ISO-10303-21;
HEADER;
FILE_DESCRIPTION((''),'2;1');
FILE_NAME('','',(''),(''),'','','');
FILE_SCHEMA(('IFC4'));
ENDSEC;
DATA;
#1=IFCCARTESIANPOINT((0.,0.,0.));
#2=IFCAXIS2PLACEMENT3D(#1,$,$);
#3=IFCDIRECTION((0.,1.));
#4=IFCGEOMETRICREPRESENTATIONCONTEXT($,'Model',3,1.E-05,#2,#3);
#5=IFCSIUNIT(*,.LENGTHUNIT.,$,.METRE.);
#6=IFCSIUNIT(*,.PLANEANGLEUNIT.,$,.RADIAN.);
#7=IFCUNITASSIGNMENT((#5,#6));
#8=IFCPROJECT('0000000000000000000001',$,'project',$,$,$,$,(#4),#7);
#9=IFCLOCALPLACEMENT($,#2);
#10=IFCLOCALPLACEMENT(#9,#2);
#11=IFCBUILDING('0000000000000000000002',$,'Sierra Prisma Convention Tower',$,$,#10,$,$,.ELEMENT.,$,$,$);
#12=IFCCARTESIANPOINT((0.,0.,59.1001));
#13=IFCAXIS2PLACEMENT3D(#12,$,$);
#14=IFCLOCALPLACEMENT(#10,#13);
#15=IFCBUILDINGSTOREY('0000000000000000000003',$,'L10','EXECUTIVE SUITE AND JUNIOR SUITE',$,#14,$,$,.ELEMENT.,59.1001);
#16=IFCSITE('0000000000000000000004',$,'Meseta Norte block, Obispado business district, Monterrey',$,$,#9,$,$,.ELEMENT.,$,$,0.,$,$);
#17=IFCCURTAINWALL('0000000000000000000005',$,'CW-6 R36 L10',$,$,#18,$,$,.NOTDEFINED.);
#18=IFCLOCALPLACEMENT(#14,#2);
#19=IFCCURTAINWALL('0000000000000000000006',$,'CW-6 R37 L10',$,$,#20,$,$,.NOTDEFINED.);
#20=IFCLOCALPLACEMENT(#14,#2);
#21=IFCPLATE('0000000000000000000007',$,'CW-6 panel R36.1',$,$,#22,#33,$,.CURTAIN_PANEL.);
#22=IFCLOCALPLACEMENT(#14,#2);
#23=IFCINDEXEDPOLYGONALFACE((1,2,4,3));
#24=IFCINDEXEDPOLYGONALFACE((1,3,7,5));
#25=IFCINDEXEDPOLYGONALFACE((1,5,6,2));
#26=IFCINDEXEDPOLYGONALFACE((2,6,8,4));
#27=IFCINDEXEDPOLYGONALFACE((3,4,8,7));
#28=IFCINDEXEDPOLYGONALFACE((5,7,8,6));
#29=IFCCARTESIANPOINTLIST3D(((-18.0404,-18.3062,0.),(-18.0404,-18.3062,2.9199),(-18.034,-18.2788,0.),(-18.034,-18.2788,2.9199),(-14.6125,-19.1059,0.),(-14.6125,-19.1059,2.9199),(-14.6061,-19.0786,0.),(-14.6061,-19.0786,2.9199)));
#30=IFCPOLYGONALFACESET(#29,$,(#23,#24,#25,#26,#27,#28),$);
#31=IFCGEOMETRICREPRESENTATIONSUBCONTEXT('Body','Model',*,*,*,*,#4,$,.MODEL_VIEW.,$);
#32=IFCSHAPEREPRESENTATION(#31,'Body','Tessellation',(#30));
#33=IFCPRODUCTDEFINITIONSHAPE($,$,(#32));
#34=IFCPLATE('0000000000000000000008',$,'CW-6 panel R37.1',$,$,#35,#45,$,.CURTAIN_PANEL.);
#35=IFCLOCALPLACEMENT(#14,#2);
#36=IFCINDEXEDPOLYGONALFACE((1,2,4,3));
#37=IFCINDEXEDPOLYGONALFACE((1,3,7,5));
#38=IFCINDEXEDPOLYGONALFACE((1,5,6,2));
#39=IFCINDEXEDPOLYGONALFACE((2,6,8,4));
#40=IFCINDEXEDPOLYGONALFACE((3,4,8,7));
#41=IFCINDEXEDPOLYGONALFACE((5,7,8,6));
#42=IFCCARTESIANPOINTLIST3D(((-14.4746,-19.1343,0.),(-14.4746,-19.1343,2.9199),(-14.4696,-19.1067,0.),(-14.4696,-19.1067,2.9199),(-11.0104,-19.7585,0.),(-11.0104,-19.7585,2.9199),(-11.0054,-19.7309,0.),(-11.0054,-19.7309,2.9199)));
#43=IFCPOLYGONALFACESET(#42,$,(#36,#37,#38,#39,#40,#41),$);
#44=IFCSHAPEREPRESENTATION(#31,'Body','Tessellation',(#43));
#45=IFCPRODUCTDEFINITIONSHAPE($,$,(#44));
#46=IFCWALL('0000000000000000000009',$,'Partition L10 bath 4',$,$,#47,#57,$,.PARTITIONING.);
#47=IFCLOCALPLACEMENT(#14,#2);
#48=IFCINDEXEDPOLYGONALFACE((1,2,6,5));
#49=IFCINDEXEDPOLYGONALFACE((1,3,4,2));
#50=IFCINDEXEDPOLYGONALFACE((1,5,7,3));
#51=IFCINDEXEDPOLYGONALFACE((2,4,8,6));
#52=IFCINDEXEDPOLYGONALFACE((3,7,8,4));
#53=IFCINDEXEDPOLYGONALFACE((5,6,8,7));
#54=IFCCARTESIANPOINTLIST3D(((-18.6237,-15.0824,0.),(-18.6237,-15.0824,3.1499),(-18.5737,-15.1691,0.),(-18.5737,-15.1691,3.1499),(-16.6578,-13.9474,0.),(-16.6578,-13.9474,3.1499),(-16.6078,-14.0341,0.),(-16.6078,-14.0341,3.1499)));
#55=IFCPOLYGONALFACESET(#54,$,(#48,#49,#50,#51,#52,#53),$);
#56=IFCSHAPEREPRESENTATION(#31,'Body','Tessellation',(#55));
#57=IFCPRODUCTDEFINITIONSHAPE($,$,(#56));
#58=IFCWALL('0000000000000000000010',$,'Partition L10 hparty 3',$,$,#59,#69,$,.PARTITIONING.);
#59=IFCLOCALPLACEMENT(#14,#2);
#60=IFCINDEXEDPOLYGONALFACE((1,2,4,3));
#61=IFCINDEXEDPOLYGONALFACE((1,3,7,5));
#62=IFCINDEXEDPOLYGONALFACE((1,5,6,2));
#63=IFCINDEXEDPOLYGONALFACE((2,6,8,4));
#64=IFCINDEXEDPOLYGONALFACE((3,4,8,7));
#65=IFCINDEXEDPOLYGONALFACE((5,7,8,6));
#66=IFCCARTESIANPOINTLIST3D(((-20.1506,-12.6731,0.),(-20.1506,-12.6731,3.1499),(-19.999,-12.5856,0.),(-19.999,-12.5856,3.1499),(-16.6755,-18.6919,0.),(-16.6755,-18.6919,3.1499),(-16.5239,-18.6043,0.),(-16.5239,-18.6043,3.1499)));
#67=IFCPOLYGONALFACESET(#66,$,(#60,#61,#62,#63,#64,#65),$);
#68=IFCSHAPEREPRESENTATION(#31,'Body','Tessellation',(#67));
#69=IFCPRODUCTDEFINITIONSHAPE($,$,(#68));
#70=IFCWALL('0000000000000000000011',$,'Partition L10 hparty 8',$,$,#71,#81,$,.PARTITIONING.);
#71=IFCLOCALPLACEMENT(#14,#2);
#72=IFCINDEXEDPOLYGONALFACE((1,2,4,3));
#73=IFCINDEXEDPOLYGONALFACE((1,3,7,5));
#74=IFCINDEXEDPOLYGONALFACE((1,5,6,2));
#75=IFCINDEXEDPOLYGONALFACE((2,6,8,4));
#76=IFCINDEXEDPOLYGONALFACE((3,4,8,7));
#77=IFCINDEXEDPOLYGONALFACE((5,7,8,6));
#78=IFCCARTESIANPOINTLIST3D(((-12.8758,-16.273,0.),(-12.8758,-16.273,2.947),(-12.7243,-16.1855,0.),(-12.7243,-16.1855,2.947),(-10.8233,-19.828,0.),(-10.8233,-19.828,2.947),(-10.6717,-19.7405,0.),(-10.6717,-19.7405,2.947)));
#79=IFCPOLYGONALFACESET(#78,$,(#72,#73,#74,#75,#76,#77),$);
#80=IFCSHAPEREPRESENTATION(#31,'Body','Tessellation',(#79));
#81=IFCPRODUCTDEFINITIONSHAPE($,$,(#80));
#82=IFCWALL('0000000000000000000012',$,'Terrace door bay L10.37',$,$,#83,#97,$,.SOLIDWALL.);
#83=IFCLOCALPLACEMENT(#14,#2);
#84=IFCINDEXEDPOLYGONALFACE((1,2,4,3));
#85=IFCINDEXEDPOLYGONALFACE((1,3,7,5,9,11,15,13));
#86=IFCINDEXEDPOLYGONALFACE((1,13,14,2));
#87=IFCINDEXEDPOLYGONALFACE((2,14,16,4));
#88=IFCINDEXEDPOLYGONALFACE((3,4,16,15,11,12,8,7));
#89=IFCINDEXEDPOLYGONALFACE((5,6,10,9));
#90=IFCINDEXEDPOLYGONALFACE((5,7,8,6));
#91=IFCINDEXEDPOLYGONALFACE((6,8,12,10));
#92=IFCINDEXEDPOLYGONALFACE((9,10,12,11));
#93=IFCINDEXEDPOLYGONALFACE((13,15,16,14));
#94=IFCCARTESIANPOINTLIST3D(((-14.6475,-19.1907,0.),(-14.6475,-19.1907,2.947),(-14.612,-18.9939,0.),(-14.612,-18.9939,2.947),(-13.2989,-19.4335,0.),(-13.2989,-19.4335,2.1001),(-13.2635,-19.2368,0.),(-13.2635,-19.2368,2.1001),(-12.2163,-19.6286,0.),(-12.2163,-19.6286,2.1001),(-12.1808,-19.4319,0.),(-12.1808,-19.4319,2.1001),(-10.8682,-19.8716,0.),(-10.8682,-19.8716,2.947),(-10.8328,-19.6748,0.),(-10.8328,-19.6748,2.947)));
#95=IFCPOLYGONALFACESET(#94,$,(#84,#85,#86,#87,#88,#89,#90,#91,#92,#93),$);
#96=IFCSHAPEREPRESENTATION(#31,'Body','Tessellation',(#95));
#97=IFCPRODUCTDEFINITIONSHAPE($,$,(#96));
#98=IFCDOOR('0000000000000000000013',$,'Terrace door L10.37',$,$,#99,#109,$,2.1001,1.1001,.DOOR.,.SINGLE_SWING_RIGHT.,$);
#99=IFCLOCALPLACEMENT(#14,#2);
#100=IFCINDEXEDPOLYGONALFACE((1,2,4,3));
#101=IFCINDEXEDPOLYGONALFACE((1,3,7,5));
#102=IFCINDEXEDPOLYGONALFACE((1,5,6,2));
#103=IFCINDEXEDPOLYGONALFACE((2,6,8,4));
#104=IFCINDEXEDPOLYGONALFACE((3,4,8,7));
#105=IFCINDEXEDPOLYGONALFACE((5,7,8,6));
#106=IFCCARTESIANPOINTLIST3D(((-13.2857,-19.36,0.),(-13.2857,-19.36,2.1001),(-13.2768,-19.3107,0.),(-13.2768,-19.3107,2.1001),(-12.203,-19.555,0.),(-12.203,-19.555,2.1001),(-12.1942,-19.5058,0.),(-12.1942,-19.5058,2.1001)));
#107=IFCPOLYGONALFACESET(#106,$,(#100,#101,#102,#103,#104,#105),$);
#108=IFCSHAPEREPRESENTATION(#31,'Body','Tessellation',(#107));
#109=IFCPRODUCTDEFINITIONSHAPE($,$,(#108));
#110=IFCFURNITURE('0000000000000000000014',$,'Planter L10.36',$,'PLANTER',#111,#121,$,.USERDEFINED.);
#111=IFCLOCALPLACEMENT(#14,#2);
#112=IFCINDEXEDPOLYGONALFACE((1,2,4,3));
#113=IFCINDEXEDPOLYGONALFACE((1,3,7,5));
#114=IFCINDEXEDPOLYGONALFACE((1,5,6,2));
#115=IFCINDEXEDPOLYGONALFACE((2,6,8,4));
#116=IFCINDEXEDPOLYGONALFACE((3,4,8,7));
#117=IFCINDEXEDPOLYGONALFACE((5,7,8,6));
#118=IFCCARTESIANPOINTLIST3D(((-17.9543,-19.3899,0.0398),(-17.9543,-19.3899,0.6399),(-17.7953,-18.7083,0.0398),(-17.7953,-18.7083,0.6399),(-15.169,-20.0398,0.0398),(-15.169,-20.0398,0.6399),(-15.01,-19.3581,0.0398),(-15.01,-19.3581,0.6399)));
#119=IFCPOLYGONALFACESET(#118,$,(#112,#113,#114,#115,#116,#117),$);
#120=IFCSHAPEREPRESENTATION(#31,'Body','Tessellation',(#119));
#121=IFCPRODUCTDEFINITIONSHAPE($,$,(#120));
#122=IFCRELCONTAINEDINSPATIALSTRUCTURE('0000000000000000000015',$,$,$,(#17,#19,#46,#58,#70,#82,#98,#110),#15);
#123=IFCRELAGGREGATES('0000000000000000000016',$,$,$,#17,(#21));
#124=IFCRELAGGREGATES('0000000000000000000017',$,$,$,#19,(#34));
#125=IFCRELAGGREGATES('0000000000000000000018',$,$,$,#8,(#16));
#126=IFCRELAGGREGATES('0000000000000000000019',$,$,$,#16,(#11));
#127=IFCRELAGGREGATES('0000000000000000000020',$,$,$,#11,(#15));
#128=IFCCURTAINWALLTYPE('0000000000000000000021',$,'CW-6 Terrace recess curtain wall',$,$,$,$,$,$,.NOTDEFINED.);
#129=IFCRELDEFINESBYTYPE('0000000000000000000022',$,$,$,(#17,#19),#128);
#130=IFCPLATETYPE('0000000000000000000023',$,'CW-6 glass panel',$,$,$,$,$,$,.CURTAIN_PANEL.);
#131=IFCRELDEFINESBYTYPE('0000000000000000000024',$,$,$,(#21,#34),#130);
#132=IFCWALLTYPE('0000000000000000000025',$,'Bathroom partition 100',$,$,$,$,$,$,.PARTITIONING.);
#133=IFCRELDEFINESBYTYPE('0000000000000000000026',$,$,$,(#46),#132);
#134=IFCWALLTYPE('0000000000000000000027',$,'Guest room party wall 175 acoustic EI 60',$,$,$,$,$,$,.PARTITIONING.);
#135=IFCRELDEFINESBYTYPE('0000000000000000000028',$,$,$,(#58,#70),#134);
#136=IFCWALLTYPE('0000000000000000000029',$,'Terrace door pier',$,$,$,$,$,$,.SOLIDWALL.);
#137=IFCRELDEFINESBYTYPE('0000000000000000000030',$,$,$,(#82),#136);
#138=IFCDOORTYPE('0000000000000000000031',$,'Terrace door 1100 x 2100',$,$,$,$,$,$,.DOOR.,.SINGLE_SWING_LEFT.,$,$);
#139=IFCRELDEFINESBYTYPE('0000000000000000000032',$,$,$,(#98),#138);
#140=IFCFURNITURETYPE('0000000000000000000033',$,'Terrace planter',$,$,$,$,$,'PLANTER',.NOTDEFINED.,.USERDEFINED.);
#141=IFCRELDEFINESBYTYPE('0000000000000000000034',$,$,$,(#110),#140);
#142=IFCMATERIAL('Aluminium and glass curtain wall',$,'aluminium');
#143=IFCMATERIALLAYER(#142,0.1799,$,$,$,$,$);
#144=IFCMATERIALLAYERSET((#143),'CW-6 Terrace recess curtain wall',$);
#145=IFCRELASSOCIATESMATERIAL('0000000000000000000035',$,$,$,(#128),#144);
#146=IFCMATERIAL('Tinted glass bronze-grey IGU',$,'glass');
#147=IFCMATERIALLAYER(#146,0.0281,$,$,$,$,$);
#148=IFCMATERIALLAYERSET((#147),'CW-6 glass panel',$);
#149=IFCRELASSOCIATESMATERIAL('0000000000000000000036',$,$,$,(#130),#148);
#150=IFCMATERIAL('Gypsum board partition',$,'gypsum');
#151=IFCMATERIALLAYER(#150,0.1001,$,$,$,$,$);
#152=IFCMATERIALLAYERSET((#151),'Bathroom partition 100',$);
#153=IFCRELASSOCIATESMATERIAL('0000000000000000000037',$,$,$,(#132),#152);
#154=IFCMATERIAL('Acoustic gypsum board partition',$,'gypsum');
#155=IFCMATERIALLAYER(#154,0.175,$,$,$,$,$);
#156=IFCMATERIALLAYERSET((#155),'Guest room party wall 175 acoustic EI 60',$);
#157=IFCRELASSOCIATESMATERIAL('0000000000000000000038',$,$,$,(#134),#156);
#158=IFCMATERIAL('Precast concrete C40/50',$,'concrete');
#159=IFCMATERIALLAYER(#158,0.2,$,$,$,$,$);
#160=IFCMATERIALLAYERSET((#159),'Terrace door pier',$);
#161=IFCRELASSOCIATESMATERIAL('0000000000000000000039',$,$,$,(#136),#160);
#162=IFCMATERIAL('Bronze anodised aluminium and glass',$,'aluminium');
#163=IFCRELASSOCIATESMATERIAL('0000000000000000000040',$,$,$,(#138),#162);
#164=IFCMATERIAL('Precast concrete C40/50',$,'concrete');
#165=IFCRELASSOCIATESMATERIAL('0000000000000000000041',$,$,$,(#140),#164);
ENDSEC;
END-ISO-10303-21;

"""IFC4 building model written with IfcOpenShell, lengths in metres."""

from ifc_helpers import new_model, si_unit, direction, frame, frame_2d, origin, origin_2d, place, context, subcontext, project, spatial, rectangle, extrude, material, layer, layer_set, type_object, element, fill, aggregate, save


model = new_model("IFC4")

# Units and contexts
model_context = context("Model", 3, precision=1e-05, world=origin(), true_north=direction((0.0, 1.0)))
body_context = subcontext(model_context, "Body", "Model", "MODEL_VIEW")
ifc_project = project(units=[si_unit("LENGTHUNIT", "METRE"), si_unit("PLANEANGLEUNIT", "RADIAN")], contexts=[model_context])

# Site, building, storey
site_placement = place(None, origin())
site = spatial("IfcSite", under=ifc_project, at=site_placement, Name="Meseta Norte block, Obispado business district, Monterrey", CompositionType="ELEMENT", RefElevation=0.0)
building_placement = place(site_placement, origin())
building = spatial("IfcBuilding", under=site, at=building_placement, Name="Sierra Prisma Convention Tower", CompositionType="ELEMENT")
storey_placement = place(building_placement, frame((0.0, 0.0, 59.1001)))
storey = spatial("IfcBuildingStorey", under=building, at=storey_placement, Name="L10", Description="EXECUTIVE SUITE AND JUNIOR SUITE", CompositionType="ELEMENT", Elevation=59.1001)

# Curtain walls
ifc_material_1 = material(Name="Aluminium and glass curtain wall", Category="aluminium")
ifc_layer_1 = layer(ifc_material_1, 0.1799)
ifc_layer_set_1 = layer_set([ifc_layer_1], Name="CW-6 Terrace recess curtain wall")
curtain_wall_type = type_object("IfcCurtainWallType", Name="CW-6 Terrace recess curtain wall", PredefinedType="NOTDEFINED", material=ifc_layer_set_1)
curtain_wall_1_placement = place(storey_placement, origin())
curtain_wall_1 = element("IfcCurtainWall", 1, at=curtain_wall_1_placement, inside=storey, type_object=curtain_wall_type, Name="CW-6 R36 L10", PredefinedType="NOTDEFINED")
curtain_wall_2_placement = place(storey_placement, origin())
curtain_wall_2 = element("IfcCurtainWall", 2, at=curtain_wall_2_placement, inside=storey, type_object=curtain_wall_type, Name="CW-6 R37 L10", PredefinedType="NOTDEFINED")

# Shared definitions
ifc_material_2 = material(Name="Tinted glass bronze-grey IGU", Category="glass")
ifc_layer_2 = layer(ifc_material_2, 0.0281)
ifc_layer_set_2 = layer_set([ifc_layer_2], Name="CW-6 glass panel")
plate_type = type_object("IfcPlateType", Name="CW-6 glass panel", PredefinedType="CURTAIN_PANEL", material=ifc_layer_set_2)

# Plates
plate_1_placement = place(storey_placement, frame((-16.3232, -18.6924, 0.0), z_axis=(0.0, 0.0, 1.0), x_axis=(0.973847, -0.227205, 0.0)))
plate_1 = element("IfcPlate", 3, at=plate_1_placement, type_object=plate_type, Name="CW-6 panel R36.1", PredefinedType="CURTAIN_PANEL", context=body_context, shape_type="SweptSolid", body=[
    extrude(rectangle(XDim=3.52, YDim=0.0281, at=origin_2d()), origin(), (0.0, 0.0, 1.0), 2.9199),
])
aggregate(curtain_wall_1, [plate_1])
plate_2_placement = place(storey_placement, frame((-12.74, -19.4326, 0.0), z_axis=(0.0, 0.0, 1.0), x_axis=(0.984152, -0.177329, 0.0)))
plate_2 = element("IfcPlate", 4, at=plate_2_placement, type_object=plate_type, Name="CW-6 panel R37.1", PredefinedType="CURTAIN_PANEL", context=body_context, shape_type="SweptSolid", body=[
    extrude(rectangle(XDim=3.52, YDim=0.0281, at=origin_2d()), origin(), (0.0, 0.0, 1.0), 2.9199),
])
aggregate(curtain_wall_2, [plate_2])

# Walls
ifc_material_3 = material(Name="Gypsum board partition", Category="gypsum")
ifc_layer_3 = layer(ifc_material_3, 0.1001)
ifc_layer_set_3 = layer_set([ifc_layer_3], Name="Bathroom partition 100")
wall_type_1 = type_object("IfcWallType", Name="Bathroom partition 100", PredefinedType="PARTITIONING", material=ifc_layer_set_3)
wall_1_placement = place(storey_placement, frame((-16.6328, -13.9907, 0.0), z_axis=(0.0, 0.0, 1.0), x_axis=(-0.866017, -0.500014, 0.0)))
element("IfcWall", 5, at=wall_1_placement, inside=storey, type_object=wall_type_1, Name="Partition L10 bath 4", PredefinedType="PARTITIONING", context=body_context, shape_type="SweptSolid", body=[
    extrude(rectangle(XDim=2.27, YDim=0.1001, at=frame_2d((1.135, 0.0))), origin(), (0.0, 0.0, 1.0), 3.1499),
])
ifc_material_4 = material(Name="Acoustic gypsum board partition", Category="gypsum")
ifc_layer_4 = layer(ifc_material_4, 0.175)
ifc_layer_set_4 = layer_set([ifc_layer_4], Name="Guest room party wall 175 acoustic EI 60")
wall_type_2 = type_object("IfcWallType", Name="Guest room party wall 175 acoustic EI 60", PredefinedType="PARTITIONING", material=ifc_layer_set_4)
wall_2_placement = place(storey_placement, frame((-16.5996, -18.6482, 0.0), z_axis=(0.0, 0.0, 1.0), x_axis=(-0.500015, 0.866017, 0.0)))
element("IfcWall", 6, at=wall_2_placement, inside=storey, type_object=wall_type_2, Name="Partition L10 hparty 3", PredefinedType="PARTITIONING", context=body_context, shape_type="SweptSolid", body=[
    extrude(rectangle(XDim=6.95, YDim=0.175, at=frame_2d((3.4751, 0.0))), origin(), (0.0, 0.0, 1.0), 3.1499),
])
wall_3_placement = place(storey_placement, frame((-12.8, -16.2292, 0.0), z_axis=(0.0, 0.0, 1.0), x_axis=(0.500009, -0.86602, 0.0)))
element("IfcWall", 7, at=wall_3_placement, inside=storey, type_object=wall_type_2, Name="Partition L10 hparty 8", PredefinedType="PARTITIONING", context=body_context, shape_type="SweptSolid", body=[
    extrude(rectangle(XDim=4.105, YDim=0.175, at=frame_2d((2.0525, 0.0))), origin(), (0.0, 0.0, 1.0), 2.947),
])

# Wall, opening, door
ifc_material_5 = material(Name="Precast concrete C40/50", Category="concrete")
ifc_layer_5 = layer(ifc_material_5, 0.2)
ifc_layer_set_5 = layer_set([ifc_layer_5], Name="Terrace door pier")
wall_type_3 = type_object("IfcWallType", Name="Terrace door pier", PredefinedType="SOLIDWALL", material=ifc_layer_set_5)
wall_4_placement = place(storey_placement, frame((-14.6296, -19.0923, 0.0), z_axis=(0.0, 0.0, 1.0), x_axis=(0.984154, -0.177313, 0.0)))
wall_4 = element("IfcWall", 8, at=wall_4_placement, inside=storey, type_object=wall_type_3, Name="Terrace door bay L10.37", PredefinedType="SOLIDWALL", context=body_context, shape_type="SweptSolid", body=[
    extrude(rectangle(XDim=3.8401, YDim=0.2, at=frame_2d((1.9199, 0.0))), origin(), (0.0, 0.0, 1.0), 2.947),
])
opening_placement = place(wall_4_placement, frame((1.3701, 0.0, 0.0)))
opening = element("IfcOpeningElement", 9, at=opening_placement, cuts=wall_4, PredefinedType="OPENING", context=body_context, shape_type="SweptSolid", body=[
    extrude(rectangle(XDim=1.1001, YDim=2.1001, at=frame_2d((0.55, 1.05))), frame((0.0, 0.1001, 0.0), z_axis=(0.0, -1.0, 0.0), x_axis=(1.0, 0.0, 0.0)), (0.0, 0.0, 1.0), 0.2),
])
ifc_material_6 = material(Name="Bronze anodised aluminium and glass", Category="aluminium")
door_type = type_object("IfcDoorType", Name="Terrace door 1100 x 2100", OperationType="SINGLE_SWING_LEFT", PredefinedType="DOOR", material=ifc_material_6)
door_placement = place(opening_placement, origin())
door = element("IfcDoor", 10, at=door_placement, inside=storey, type_object=door_type, Name="Terrace door L10.37", OperationType="SINGLE_SWING_RIGHT", OverallHeight=2.1001, OverallWidth=1.1001, PredefinedType="DOOR", context=body_context, shape_type="SweptSolid", body=[
    extrude(rectangle(XDim=1.1001, YDim=2.1001, at=frame_2d((0.55, 1.05))), frame((0.0, 0.0249, 0.0), z_axis=(0.0, -1.0, 0.0), x_axis=(1.0, 0.0, 0.0)), (0.0, 0.0, 1.0), 0.05),
])
fill(opening, door)

# Furniture
ifc_material_7 = material(Name="Precast concrete C40/50", Category="concrete")
furniture_type = type_object("IfcFurnitureType", Name="Terrace planter", ElementType="PLANTER", AssemblyPlace="NOTDEFINED", PredefinedType="USERDEFINED", material=ifc_material_7)
furniture_placement = place(storey_placement, frame((-16.4822, -19.374, 0.0398), z_axis=(0.0, 0.0, 1.0), x_axis=(0.973847, -0.227205, 0.0)))
element("IfcFurniture", 11, at=furniture_placement, inside=storey, type_object=furniture_type, Name="Planter L10.36", ObjectType="PLANTER", PredefinedType="USERDEFINED", context=body_context, shape_type="SweptSolid", body=[
    extrude(rectangle(XDim=2.8601, YDim=0.7, at=origin_2d()), origin(), (0.0, 0.0, 1.0), 0.6001),
])

save(model, "model.ifc")
